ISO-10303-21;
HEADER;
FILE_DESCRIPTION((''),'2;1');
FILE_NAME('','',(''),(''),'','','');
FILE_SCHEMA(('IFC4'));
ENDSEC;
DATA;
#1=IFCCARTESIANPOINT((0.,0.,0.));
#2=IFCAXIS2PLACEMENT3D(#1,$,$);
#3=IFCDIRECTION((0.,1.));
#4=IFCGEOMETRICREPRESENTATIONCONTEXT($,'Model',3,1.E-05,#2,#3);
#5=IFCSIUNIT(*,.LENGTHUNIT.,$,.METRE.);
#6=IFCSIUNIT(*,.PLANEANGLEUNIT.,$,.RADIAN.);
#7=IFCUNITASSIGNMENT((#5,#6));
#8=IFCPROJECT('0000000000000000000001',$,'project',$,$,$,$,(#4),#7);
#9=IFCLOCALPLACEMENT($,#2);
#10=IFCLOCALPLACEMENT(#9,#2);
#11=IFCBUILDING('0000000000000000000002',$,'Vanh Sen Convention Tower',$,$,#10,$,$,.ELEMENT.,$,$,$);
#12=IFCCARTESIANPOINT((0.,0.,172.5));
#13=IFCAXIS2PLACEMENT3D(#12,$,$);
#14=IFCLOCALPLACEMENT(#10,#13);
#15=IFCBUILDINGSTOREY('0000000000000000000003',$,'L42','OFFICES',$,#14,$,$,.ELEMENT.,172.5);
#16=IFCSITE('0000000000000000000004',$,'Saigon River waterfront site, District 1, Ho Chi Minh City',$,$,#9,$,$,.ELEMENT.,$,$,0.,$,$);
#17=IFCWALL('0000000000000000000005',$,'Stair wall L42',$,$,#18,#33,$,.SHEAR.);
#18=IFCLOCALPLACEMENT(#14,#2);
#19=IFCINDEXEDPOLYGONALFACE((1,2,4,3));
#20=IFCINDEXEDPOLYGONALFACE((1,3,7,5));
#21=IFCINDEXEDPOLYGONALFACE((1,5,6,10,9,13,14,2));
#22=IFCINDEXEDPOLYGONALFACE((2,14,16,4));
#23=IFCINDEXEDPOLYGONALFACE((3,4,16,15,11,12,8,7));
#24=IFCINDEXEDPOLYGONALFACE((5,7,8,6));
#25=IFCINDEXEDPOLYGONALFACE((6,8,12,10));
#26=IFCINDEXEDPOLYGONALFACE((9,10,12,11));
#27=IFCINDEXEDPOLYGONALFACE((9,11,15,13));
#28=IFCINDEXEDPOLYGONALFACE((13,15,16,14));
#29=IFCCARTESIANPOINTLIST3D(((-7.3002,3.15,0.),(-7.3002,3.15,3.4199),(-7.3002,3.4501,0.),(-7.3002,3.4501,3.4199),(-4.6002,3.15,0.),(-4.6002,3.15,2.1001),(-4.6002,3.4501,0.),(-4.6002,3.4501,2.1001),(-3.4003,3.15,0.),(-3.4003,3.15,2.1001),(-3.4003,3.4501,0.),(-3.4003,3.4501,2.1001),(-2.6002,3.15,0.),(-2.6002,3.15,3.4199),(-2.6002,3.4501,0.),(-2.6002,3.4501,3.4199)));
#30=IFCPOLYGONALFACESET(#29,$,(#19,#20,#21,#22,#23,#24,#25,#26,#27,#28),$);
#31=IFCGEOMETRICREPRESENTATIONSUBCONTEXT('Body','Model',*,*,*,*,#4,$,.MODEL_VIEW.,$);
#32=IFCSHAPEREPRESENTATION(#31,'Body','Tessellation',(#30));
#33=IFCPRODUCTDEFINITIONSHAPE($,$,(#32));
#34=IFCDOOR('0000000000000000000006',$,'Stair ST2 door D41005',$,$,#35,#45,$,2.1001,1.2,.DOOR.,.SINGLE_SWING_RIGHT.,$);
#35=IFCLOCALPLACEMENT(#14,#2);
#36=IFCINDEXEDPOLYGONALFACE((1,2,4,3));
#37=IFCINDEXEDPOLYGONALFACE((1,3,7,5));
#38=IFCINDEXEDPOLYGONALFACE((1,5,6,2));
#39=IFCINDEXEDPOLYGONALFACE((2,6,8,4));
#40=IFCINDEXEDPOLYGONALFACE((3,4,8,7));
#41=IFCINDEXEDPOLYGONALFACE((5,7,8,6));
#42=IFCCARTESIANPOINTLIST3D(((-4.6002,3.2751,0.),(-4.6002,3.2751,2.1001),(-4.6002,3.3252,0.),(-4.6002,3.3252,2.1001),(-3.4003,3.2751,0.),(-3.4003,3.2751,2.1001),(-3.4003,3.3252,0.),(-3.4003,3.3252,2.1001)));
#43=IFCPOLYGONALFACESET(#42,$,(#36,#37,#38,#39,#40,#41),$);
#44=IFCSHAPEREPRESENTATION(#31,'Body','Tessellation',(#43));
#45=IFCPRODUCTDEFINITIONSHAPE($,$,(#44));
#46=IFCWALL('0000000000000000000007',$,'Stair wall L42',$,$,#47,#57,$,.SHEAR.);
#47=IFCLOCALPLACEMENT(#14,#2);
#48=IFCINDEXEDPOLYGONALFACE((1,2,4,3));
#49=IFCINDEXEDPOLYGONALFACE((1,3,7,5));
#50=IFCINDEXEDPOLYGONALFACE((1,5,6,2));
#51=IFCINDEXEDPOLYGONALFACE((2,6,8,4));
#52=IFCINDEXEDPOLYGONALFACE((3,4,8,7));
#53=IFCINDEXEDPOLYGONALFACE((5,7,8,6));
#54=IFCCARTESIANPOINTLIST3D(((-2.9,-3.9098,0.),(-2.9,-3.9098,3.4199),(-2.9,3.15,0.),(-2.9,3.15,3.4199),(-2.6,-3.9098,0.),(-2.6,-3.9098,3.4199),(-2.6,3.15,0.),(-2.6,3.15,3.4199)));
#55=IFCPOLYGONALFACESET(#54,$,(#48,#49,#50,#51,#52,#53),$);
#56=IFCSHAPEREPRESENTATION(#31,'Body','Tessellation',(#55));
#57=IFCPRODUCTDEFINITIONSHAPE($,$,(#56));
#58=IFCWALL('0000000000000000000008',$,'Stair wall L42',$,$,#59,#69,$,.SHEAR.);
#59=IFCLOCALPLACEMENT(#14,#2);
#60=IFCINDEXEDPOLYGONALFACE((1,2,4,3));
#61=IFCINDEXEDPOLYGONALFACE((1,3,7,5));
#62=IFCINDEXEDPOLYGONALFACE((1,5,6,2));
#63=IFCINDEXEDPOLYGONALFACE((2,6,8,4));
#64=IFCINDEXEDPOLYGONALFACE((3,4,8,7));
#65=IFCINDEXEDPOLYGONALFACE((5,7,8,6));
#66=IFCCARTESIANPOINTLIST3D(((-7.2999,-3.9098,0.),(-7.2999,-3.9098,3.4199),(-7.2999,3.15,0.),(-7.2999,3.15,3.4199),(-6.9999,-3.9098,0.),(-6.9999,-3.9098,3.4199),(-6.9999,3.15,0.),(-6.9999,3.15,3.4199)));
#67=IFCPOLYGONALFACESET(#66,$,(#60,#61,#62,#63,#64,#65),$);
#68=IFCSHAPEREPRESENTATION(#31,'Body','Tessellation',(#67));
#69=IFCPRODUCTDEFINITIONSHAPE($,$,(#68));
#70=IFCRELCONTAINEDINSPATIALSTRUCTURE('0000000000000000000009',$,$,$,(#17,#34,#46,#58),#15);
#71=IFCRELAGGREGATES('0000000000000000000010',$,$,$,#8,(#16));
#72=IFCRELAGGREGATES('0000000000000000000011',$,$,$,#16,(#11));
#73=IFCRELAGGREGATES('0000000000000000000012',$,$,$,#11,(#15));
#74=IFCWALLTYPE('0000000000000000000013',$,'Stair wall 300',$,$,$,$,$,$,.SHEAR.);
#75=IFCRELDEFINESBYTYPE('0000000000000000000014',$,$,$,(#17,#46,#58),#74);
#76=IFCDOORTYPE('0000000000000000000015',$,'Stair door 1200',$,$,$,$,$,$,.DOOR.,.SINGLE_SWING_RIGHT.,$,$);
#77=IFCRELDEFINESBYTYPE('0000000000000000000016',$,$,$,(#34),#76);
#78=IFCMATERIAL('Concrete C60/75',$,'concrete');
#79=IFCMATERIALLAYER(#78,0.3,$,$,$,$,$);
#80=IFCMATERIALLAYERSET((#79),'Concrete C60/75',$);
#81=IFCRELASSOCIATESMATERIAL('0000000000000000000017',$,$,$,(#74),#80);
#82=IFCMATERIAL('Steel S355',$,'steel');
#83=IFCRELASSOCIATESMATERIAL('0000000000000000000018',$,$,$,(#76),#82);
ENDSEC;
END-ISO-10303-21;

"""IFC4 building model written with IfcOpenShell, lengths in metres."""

from ifc_helpers import new_model, si_unit, direction, frame, frame_2d, origin, place, context, subcontext, project, spatial, rectangle, extrude, material, layer, layer_set, type_object, element, fill, save


model = new_model("IFC4")

# Units and contexts
model_context = context("Model", 3, precision=1e-05, world=origin(), true_north=direction((0.0, 1.0)))
body_context = subcontext(model_context, "Body", "Model", "MODEL_VIEW")
ifc_project = project(units=[si_unit("LENGTHUNIT", "METRE"), si_unit("PLANEANGLEUNIT", "RADIAN")], contexts=[model_context])

# Site, building, storey
site_placement = place(None, origin())
site = spatial("IfcSite", under=ifc_project, at=site_placement, Name="Saigon River waterfront site, District 1, Ho Chi Minh City", CompositionType="ELEMENT", RefElevation=0.0)
building_placement = place(site_placement, origin())
building = spatial("IfcBuilding", under=site, at=building_placement, Name="Vanh Sen Convention Tower", CompositionType="ELEMENT")
storey_placement = place(building_placement, frame((0.0, 0.0, 172.5)))
storey = spatial("IfcBuildingStorey", under=building, at=storey_placement, Name="L42", Description="OFFICES", CompositionType="ELEMENT", Elevation=172.5)

# Shared definitions
ifc_material_1 = material(Name="Steel S355", Category="steel")

# Shared definitions
ifc_material_2 = material(Name="Concrete C60/75", Category="concrete")

# Shared definitions
ifc_layer_1 = layer(ifc_material_2, 0.3)
ifc_layer_set_1 = layer_set([ifc_layer_1], Name="Concrete C60/75")
wall_type_1 = type_object("IfcWallType", Name="Stair wall 300", PredefinedType="SHEAR", material=ifc_layer_set_1)

# Wall, opening, door
wall_1_placement = place(storey_placement, frame((-2.6001, 3.3, 0.0), z_axis=(0.0, 0.0, 1.0), x_axis=(-1.0, 0.0, 0.0)))
wall_1 = element("IfcWall", 1, at=wall_1_placement, inside=storey, type_object=wall_type_1, Name="Stair wall L42", PredefinedType="SHEAR", context=body_context, shape_type="SweptSolid", body=[
    extrude(rectangle(XDim=4.7, YDim=0.3, at=frame_2d((2.3501, 0.0))), origin(), (0.0, 0.0, 1.0), 3.4199),
])
opening_1_placement = place(wall_1_placement, frame((0.8, 0.0, 0.0)))
opening_1 = element("IfcOpeningElement", 2, at=opening_1_placement, cuts=wall_1, PredefinedType="OPENING", context=body_context, shape_type="SweptSolid", body=[
    extrude(rectangle(XDim=1.2, YDim=2.1001, at=frame_2d((0.6001, 1.05))), frame((0.0, 0.1599, 0.0), z_axis=(0.0, -1.0, 0.0), x_axis=(1.0, 0.0, 0.0)), (0.0, 0.0, 1.0), 0.3201),
])
door_type_1 = type_object("IfcDoorType", Name="Stair door 1200", OperationType="SINGLE_SWING_RIGHT", PredefinedType="DOOR", material=ifc_material_1)
door_1_placement = place(opening_1_placement, origin())
door_1 = element("IfcDoor", 3, at=door_1_placement, inside=storey, type_object=door_type_1, Name="Stair ST2 door D41005", OperationType="SINGLE_SWING_RIGHT", OverallHeight=2.1001, OverallWidth=1.2, PredefinedType="DOOR", context=body_context, shape_type="SweptSolid", body=[
    extrude(rectangle(XDim=1.2, YDim=2.1001, at=frame_2d((0.6001, 1.05))), frame((0.0, 0.0249, 0.0), z_axis=(0.0, -1.0, 0.0), x_axis=(1.0, 0.0, 0.0)), (0.0, 0.0, 1.0), 0.05),
])
fill(opening_1, door_1)

# Walls
for number, where, z_axis, x_axis, name in (
    (4, (-2.75, 3.1499, 0.0), (0.0, 0.0, 1.0), (0.0, -1.0, 0.0), "Stair wall L42"),
    (5, (-7.1499, 3.1499, 0.0), (0.0, 0.0, 1.0), (0.0, -1.0, 0.0), "Stair wall L42"),
):
    element("IfcWall", number, at=place(storey_placement, frame(where, z_axis=z_axis, x_axis=x_axis)), inside=storey, type_object=wall_type_1, Name=name, PredefinedType="SHEAR", context=body_context, shape_type="SweptSolid", body=[
        extrude(rectangle(XDim=7.0598, YDim=0.3, at=frame_2d((3.5298, 0.0))), origin(), (0.0, 0.0, 1.0), 3.4199),
    ])

save(model, "model.ifc")
